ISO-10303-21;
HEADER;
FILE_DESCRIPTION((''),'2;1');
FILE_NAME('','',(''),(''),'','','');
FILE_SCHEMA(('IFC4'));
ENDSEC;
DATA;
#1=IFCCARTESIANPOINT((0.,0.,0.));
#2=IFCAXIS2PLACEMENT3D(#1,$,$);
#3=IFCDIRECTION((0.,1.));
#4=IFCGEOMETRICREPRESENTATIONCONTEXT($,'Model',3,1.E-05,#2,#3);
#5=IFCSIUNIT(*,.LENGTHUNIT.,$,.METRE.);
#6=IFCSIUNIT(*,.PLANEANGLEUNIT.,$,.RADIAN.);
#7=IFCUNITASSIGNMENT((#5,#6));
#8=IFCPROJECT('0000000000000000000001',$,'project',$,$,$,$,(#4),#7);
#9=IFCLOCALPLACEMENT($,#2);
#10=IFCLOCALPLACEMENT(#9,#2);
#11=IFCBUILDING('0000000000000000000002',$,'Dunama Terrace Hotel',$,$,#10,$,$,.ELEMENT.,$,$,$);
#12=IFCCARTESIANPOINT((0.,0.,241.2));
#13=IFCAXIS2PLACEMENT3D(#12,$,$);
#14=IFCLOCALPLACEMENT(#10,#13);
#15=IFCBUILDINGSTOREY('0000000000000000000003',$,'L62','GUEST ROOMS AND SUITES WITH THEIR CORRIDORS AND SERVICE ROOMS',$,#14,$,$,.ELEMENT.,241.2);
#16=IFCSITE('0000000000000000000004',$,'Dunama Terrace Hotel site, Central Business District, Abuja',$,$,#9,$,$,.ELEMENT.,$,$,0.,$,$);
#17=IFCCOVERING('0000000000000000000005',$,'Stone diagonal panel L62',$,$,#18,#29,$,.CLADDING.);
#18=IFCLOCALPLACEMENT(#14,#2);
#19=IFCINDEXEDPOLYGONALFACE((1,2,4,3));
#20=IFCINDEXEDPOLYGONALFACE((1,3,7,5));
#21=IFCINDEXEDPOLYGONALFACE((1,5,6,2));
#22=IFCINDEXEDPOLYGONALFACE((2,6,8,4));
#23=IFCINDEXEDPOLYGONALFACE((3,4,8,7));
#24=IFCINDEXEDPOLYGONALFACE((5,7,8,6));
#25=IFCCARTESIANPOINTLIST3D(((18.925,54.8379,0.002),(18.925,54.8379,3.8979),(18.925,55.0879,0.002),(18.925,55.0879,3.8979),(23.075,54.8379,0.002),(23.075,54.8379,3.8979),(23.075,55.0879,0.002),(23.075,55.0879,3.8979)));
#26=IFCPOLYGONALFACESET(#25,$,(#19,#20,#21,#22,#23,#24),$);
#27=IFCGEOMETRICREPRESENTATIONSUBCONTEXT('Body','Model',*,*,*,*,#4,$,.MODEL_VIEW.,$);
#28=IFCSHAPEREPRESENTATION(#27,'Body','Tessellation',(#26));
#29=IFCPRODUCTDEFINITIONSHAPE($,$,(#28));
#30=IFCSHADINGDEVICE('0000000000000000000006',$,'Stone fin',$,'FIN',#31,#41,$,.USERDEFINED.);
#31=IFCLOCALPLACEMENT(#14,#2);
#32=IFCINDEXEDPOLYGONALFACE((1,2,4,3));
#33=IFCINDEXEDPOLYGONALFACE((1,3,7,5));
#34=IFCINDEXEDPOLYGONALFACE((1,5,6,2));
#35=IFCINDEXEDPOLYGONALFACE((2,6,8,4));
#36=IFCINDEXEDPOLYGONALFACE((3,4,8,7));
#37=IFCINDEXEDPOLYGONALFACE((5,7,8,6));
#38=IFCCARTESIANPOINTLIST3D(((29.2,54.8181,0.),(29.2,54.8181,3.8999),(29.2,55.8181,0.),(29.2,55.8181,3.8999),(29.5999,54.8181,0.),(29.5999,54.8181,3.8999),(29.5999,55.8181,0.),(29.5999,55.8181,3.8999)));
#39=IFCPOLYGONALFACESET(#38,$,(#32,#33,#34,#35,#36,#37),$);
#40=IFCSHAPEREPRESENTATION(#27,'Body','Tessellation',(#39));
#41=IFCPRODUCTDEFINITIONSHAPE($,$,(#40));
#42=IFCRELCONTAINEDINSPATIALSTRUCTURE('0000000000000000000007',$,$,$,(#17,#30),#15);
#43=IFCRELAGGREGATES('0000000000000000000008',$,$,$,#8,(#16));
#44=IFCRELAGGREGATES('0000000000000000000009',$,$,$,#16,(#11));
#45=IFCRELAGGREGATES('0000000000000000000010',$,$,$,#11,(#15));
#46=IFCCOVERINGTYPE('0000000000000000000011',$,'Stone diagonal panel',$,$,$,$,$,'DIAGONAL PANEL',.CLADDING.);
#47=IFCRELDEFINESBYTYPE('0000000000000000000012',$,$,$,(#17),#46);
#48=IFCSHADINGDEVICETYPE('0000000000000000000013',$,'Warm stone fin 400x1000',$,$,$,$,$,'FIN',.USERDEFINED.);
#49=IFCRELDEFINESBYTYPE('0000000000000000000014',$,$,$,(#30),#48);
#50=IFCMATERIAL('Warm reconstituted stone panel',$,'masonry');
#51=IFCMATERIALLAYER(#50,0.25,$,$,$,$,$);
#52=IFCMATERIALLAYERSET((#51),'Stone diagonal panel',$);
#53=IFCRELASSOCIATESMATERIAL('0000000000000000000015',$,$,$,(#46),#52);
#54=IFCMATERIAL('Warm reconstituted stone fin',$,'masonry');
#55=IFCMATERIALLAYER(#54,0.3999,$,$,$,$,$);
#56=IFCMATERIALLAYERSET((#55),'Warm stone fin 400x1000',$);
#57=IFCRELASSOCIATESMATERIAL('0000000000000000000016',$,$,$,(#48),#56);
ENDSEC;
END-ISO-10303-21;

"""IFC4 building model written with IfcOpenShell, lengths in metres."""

from ifc_helpers import new_model, si_unit, direction, frame, origin, origin_2d, place, context, subcontext, project, spatial, rectangle, extrude, material, layer, layer_set, type_object, element, save


model = new_model("IFC4")

# Units and contexts
model_context = context("Model", 3, precision=1e-05, world=origin(), true_north=direction((0.0, 1.0)))
body_context = subcontext(model_context, "Body", "Model", "MODEL_VIEW")
ifc_project = project(units=[si_unit("LENGTHUNIT", "METRE"), si_unit("PLANEANGLEUNIT", "RADIAN")], contexts=[model_context])

# Site, building, storey
site_placement = place(None, origin())
site = spatial("IfcSite", under=ifc_project, at=site_placement, Name="Dunama Terrace Hotel site, Central Business District, Abuja", CompositionType="ELEMENT", RefElevation=0.0)
building_placement = place(site_placement, origin())
building = spatial("IfcBuilding", under=site, at=building_placement, Name="Dunama Terrace Hotel", CompositionType="ELEMENT")
storey_placement = place(building_placement, frame((0.0, 0.0, 241.2)))
storey = spatial("IfcBuildingStorey", under=building, at=storey_placement, Name="L62", Description="GUEST ROOMS AND SUITES WITH THEIR CORRIDORS AND SERVICE ROOMS", CompositionType="ELEMENT", Elevation=241.2)

# Covering
ifc_material_1 = material(Name="Warm reconstituted stone panel", Category="masonry")
ifc_layer_1 = layer(ifc_material_1, 0.25)
ifc_layer_set_1 = layer_set([ifc_layer_1], Name="Stone diagonal panel")
covering_type = type_object("IfcCoveringType", Name="Stone diagonal panel", ElementType="DIAGONAL PANEL", PredefinedType="CLADDING", material=ifc_layer_set_1)
covering_placement = place(storey_placement, frame((21.0, 54.9629, 0.002), z_axis=(0.0, 0.0, 1.0), x_axis=(-1.0, 0.0, 0.0)))
element("IfcCovering", 1, at=covering_placement, inside=storey, type_object=covering_type, Name="Stone diagonal panel L62", PredefinedType="CLADDING", context=body_context, shape_type="SweptSolid", body=[
    extrude(rectangle(XDim=4.1499, YDim=0.25, at=origin_2d()), origin(), (0.0, 0.0, 1.0), 3.896),
])

# Shading device
ifc_material_2 = material(Name="Warm reconstituted stone fin", Category="masonry")
ifc_layer_2 = layer(ifc_material_2, 0.3999)
ifc_layer_set_2 = layer_set([ifc_layer_2], Name="Warm stone fin 400x1000")
shading_device_type = type_object("IfcShadingDeviceType", Name="Warm stone fin 400x1000", ElementType="FIN", PredefinedType="USERDEFINED", material=ifc_layer_set_2)
shading_device_placement = place(storey_placement, frame((29.3999, 55.3181, 0.0), z_axis=(0.0, 0.0, 1.0), x_axis=(-1.0, 0.0, 0.0)))
element("IfcShadingDevice", 2, at=shading_device_placement, inside=storey, type_object=shading_device_type, Name="Stone fin", ObjectType="FIN", PredefinedType="USERDEFINED", context=body_context, shape_type="SweptSolid", body=[
    extrude(rectangle(XDim=0.3999, YDim=1.0, at=origin_2d()), origin(), (0.0, 0.0, 1.0), 3.8999),
])

save(model, "model.ifc")
